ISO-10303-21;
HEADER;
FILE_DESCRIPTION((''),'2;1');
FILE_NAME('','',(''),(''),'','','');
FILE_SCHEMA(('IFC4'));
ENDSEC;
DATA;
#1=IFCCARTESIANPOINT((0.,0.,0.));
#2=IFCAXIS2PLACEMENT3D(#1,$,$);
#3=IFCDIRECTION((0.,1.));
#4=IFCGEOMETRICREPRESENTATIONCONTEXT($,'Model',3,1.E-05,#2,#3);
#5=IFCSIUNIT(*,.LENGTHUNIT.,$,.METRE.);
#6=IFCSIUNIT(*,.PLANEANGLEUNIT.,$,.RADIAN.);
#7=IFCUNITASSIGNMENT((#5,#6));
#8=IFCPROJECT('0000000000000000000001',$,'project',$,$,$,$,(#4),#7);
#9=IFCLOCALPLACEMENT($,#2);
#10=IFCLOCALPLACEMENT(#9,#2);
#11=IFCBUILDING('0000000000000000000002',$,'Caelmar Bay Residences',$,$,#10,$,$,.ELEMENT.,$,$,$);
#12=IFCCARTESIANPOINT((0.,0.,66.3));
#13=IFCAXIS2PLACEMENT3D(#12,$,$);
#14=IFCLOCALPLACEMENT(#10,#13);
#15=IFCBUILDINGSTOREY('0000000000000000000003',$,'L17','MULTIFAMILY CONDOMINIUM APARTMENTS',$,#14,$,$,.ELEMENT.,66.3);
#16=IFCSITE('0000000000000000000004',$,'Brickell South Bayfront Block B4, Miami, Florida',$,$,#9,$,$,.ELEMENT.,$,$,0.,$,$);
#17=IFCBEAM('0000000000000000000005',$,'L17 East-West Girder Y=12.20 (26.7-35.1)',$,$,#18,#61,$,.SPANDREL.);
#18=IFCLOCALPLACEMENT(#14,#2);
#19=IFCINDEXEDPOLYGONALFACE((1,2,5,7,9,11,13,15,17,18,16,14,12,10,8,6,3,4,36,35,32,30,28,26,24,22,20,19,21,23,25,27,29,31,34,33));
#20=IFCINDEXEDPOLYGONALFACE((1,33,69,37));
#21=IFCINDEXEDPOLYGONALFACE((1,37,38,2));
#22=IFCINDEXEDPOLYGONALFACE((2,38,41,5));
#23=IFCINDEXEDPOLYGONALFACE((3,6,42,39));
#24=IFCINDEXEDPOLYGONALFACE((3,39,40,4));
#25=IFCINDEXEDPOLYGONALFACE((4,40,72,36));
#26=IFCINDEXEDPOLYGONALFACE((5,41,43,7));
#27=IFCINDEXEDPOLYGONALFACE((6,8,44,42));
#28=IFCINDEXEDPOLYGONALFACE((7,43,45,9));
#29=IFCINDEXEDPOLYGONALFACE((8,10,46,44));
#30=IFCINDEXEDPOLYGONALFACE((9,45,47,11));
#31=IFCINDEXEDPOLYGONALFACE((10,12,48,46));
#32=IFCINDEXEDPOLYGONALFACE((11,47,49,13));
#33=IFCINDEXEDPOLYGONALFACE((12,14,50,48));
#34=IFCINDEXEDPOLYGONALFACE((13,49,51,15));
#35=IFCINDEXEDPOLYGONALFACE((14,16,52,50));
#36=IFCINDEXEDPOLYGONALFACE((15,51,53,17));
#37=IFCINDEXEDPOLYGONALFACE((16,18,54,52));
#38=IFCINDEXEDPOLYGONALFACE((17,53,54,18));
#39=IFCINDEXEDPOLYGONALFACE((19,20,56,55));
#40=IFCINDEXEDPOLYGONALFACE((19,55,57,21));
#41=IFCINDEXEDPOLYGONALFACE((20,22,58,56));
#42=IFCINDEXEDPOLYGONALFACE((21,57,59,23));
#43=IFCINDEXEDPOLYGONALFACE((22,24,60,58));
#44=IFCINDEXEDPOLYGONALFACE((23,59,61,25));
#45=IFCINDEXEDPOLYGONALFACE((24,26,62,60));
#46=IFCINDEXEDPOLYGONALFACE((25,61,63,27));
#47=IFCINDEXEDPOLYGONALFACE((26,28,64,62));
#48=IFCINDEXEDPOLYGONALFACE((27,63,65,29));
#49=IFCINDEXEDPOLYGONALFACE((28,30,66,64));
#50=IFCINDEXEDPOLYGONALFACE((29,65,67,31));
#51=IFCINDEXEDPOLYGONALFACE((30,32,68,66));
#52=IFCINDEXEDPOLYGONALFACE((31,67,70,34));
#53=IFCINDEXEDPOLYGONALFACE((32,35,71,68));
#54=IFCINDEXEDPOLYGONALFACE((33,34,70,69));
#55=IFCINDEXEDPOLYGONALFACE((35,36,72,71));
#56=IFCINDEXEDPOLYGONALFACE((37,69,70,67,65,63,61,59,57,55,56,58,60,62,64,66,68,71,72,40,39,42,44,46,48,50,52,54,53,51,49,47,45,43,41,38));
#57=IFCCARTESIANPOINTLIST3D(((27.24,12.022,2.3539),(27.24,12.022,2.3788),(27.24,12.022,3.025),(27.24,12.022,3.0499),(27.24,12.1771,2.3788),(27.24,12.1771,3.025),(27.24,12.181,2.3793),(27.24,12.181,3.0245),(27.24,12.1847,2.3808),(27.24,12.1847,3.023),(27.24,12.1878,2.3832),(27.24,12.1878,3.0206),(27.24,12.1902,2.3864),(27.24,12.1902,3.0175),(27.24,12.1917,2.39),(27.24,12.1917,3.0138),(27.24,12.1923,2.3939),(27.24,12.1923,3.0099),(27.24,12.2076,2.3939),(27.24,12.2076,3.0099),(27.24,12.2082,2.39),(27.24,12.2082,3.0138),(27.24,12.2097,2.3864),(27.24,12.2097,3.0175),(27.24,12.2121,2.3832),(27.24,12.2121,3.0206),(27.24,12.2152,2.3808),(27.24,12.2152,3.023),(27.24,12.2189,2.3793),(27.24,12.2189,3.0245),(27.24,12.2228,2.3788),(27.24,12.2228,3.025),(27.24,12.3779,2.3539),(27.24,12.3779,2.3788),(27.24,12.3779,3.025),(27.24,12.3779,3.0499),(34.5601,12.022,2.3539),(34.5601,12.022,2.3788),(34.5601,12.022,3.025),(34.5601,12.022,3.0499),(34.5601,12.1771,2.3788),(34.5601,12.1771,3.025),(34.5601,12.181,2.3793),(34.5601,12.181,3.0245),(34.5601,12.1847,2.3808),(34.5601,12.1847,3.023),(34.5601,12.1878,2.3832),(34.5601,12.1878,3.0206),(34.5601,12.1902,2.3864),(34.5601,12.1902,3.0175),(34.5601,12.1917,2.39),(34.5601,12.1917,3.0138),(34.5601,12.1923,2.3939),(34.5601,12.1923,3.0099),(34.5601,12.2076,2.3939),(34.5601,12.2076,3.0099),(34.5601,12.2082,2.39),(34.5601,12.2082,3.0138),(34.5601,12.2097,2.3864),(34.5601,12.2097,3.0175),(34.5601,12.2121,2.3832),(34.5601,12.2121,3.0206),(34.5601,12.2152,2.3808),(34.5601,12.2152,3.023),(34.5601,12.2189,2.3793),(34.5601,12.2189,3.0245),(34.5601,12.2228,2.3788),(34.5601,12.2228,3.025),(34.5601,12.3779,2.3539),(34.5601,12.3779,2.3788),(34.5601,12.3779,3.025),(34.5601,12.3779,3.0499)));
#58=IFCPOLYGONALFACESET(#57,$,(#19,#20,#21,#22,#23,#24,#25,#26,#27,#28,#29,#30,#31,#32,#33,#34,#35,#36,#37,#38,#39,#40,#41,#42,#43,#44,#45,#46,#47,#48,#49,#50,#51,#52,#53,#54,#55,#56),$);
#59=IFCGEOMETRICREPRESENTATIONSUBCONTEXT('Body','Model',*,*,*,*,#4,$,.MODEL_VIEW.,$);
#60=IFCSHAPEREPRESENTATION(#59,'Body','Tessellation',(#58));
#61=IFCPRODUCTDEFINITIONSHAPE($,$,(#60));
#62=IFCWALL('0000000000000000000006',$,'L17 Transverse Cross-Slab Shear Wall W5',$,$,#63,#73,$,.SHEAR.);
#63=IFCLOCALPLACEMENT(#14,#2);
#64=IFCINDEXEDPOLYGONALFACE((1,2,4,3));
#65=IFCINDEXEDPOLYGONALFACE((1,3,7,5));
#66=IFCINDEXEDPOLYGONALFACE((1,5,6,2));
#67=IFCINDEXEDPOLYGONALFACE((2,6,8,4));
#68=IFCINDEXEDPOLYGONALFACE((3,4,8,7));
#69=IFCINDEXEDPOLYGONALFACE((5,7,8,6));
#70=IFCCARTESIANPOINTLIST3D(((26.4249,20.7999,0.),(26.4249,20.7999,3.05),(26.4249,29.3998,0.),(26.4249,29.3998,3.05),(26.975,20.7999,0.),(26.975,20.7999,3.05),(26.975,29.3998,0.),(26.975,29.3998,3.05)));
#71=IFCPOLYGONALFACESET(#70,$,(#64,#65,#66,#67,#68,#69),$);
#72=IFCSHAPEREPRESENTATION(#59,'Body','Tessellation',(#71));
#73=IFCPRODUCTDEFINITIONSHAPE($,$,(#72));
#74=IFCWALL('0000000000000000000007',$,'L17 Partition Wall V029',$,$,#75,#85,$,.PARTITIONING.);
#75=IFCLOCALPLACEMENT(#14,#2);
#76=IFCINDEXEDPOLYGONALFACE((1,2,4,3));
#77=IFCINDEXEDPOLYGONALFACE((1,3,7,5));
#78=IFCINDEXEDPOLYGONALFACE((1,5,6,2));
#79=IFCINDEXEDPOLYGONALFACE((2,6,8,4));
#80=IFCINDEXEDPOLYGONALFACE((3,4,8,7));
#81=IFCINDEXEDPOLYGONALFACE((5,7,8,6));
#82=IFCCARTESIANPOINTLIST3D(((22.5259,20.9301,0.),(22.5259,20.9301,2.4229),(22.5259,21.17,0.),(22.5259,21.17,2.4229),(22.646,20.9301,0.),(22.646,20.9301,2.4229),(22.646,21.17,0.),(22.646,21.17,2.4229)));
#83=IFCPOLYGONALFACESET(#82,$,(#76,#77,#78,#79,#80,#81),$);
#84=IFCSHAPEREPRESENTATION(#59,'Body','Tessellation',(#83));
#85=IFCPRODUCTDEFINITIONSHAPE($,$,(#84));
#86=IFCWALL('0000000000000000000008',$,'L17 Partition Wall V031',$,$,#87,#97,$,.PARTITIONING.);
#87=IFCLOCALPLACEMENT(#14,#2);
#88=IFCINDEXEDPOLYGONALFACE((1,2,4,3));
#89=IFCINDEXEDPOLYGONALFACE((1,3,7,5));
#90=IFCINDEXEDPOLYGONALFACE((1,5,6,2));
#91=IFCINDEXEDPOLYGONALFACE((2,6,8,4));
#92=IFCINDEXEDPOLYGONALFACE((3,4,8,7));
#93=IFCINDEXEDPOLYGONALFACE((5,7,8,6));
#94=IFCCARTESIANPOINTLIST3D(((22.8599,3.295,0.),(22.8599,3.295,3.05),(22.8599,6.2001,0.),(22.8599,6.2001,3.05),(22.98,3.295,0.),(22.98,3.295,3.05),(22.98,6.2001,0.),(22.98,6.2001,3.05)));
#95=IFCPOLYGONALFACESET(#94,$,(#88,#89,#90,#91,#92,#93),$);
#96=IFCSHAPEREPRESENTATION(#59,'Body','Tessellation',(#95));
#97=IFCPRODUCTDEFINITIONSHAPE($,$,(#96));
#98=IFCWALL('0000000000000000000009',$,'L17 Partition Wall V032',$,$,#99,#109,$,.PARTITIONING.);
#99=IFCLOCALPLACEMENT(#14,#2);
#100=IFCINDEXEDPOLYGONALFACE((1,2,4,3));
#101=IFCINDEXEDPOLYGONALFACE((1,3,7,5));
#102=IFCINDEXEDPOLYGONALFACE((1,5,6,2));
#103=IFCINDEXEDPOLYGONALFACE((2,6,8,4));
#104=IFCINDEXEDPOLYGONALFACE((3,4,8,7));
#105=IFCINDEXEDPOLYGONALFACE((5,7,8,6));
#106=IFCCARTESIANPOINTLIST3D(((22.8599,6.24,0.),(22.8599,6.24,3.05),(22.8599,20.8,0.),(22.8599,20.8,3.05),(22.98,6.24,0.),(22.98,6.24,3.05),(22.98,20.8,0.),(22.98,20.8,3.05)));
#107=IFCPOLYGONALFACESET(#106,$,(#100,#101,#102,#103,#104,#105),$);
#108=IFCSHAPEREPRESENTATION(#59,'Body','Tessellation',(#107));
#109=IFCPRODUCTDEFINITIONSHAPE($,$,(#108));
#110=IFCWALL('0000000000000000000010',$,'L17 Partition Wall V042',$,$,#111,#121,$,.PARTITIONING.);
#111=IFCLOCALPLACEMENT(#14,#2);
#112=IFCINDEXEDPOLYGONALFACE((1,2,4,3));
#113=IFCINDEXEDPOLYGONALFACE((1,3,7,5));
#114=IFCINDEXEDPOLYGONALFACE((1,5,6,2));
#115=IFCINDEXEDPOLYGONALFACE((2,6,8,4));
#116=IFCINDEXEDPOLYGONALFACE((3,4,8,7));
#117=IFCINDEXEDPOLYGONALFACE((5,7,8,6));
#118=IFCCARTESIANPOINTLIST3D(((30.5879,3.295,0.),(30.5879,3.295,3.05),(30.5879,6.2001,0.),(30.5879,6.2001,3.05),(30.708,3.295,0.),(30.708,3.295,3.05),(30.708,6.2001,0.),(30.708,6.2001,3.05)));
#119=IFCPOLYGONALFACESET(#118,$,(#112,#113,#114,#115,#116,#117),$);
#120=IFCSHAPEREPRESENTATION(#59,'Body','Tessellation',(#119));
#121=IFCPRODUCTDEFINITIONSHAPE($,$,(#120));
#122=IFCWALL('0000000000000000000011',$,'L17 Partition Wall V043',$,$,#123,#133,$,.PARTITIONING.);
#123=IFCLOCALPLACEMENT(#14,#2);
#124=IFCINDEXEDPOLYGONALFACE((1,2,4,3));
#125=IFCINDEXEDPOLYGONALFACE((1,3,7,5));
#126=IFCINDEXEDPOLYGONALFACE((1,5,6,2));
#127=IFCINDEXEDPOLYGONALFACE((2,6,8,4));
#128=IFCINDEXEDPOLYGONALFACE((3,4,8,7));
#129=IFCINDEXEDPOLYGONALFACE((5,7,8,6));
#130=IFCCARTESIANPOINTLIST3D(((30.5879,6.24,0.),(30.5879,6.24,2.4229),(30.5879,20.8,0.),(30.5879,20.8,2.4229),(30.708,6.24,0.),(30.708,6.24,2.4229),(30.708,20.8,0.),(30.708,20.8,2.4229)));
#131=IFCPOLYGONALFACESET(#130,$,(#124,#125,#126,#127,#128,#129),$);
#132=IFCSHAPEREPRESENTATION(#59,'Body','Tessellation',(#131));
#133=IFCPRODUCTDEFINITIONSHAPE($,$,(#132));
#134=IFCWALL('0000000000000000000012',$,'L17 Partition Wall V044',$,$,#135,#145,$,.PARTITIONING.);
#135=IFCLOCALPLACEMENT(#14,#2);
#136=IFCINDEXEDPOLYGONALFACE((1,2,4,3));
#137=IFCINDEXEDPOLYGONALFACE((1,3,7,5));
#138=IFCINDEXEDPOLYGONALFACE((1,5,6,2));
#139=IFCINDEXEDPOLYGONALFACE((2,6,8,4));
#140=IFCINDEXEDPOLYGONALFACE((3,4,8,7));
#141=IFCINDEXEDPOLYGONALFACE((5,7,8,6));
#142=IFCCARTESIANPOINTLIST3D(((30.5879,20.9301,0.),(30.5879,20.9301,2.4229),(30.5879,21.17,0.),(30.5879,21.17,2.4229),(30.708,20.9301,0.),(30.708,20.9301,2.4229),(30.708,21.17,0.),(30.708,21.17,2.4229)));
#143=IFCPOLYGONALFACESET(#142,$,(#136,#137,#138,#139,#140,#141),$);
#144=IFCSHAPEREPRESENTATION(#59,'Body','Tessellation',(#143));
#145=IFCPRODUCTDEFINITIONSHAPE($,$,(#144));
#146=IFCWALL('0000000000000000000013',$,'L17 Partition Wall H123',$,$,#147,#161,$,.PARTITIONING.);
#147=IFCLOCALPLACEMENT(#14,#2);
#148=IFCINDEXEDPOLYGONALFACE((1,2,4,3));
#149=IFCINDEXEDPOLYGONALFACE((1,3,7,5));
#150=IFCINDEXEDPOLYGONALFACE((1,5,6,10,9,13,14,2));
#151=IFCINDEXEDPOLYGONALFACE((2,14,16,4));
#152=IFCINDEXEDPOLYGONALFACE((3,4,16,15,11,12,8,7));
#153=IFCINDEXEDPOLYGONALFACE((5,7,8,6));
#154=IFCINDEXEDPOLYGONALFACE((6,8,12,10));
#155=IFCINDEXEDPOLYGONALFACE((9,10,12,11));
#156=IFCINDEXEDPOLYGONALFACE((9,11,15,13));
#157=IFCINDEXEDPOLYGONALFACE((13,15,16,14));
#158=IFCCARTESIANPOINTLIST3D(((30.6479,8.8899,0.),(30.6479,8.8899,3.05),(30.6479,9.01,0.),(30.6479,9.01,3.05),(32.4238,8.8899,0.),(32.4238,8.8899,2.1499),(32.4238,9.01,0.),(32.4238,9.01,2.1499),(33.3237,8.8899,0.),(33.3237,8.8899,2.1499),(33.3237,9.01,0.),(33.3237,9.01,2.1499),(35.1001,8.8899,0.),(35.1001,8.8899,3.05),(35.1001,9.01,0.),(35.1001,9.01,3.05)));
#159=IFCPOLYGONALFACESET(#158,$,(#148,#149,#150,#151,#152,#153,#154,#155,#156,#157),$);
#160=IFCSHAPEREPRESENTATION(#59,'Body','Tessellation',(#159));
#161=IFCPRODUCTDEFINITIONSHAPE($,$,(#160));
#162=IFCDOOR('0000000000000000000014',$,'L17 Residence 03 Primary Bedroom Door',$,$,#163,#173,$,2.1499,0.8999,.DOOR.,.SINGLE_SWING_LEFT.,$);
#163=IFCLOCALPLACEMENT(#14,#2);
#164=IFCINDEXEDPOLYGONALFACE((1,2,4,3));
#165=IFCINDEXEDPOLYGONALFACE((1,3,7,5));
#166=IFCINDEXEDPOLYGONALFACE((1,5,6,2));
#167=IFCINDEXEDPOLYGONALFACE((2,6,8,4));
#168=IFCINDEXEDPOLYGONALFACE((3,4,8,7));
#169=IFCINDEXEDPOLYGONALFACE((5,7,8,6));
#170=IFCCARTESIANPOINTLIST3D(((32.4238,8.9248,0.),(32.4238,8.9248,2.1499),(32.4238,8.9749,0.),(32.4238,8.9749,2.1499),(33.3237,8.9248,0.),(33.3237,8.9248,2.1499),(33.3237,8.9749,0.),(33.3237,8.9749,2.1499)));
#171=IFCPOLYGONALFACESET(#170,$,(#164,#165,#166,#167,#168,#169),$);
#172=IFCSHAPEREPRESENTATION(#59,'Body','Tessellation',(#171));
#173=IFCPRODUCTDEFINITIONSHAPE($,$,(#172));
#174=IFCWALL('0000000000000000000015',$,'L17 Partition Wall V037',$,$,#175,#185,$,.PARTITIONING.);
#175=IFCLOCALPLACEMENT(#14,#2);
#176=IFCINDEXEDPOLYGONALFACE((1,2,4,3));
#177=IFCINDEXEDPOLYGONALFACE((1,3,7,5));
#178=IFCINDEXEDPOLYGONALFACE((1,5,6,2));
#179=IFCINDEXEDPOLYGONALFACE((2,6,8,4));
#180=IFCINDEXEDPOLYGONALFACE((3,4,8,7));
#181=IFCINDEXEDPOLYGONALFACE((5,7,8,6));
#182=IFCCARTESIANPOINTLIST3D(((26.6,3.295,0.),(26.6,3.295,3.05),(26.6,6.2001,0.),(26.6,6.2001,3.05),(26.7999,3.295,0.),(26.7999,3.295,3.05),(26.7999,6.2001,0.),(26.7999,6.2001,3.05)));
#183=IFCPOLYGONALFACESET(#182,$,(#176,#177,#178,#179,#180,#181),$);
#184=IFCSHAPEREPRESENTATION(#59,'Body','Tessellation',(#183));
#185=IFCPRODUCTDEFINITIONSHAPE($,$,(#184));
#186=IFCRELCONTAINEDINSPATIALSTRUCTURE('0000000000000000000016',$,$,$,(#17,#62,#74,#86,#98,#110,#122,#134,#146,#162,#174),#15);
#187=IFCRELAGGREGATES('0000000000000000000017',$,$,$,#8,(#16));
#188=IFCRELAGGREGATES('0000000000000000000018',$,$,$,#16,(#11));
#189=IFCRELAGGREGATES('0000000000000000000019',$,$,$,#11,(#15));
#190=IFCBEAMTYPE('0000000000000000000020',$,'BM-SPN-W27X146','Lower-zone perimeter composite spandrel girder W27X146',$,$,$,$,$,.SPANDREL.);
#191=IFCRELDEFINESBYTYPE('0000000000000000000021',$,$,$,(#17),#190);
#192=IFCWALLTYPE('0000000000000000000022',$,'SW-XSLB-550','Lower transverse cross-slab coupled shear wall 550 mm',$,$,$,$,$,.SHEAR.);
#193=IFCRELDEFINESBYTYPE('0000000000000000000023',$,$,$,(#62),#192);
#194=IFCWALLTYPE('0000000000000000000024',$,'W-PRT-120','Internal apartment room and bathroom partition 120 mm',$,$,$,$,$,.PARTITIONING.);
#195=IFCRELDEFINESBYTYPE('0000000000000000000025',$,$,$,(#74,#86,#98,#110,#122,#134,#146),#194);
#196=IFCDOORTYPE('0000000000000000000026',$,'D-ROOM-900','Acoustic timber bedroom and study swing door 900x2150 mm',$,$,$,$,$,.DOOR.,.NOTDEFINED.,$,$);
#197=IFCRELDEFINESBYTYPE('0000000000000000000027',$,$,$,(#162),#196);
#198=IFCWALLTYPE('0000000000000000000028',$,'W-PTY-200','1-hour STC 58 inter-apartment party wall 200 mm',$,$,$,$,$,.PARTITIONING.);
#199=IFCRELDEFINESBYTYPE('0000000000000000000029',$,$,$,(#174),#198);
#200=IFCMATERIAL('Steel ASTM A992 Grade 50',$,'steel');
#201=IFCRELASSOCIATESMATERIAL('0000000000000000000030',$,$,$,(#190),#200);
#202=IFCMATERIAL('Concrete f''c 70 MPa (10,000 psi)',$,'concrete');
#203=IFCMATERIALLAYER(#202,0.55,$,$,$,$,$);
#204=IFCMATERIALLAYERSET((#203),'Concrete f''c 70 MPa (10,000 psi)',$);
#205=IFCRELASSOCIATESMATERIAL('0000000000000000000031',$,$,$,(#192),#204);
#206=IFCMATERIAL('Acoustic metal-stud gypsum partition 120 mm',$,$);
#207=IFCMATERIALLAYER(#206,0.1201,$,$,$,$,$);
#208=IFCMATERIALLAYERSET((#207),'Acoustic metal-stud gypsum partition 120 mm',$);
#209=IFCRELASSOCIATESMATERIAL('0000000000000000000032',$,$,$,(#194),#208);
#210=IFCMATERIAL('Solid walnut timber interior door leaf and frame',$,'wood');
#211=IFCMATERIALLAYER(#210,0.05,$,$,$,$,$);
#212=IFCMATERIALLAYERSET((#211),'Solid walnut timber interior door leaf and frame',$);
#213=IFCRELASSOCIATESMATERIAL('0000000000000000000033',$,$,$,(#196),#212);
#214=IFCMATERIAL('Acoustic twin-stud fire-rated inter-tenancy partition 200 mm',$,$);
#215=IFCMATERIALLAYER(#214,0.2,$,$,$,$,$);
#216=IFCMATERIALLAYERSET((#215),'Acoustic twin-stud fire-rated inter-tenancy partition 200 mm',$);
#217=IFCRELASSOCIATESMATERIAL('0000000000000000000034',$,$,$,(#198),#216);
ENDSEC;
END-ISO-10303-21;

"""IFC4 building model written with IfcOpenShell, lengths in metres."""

from ifc_helpers import new_model, si_unit, direction, frame, frame_2d, origin, origin_2d, place, context, subcontext, project, spatial, rectangle, i_section, extrude, material, layer, layer_set, material_profile, profile_set, type_object, element, fill, save


model = new_model("IFC4")

# Units and contexts
model_context = context("Model", 3, precision=1e-05, world=origin(), true_north=direction((0.0, 1.0)))
body_context = subcontext(model_context, "Body", "Model", "MODEL_VIEW")
ifc_project = project(units=[si_unit("LENGTHUNIT", "METRE"), si_unit("PLANEANGLEUNIT", "RADIAN")], contexts=[model_context])

# Site, building, storey
site_placement = place(None, origin())
site = spatial("IfcSite", under=ifc_project, at=site_placement, Name="Brickell South Bayfront Block B4, Miami, Florida", CompositionType="ELEMENT", RefElevation=0.0)
building_placement = place(site_placement, origin())
building = spatial("IfcBuilding", under=site, at=building_placement, Name="Caelmar Bay Residences", CompositionType="ELEMENT")
storey_placement = place(building_placement, frame((0.0, 0.0, 66.3)))
storey = spatial("IfcBuildingStorey", under=building, at=storey_placement, Name="L17", Description="MULTIFAMILY CONDOMINIUM APARTMENTS", CompositionType="ELEMENT", Elevation=66.3)

# Shared definitions
ifc_material_1 = material(Name="Concrete f'c 70 MPa (10,000 psi)", Category="concrete")

# Beam
ifc_material_2 = material(Name="Steel ASTM A992 Grade 50", Category="steel")
ifc_material_profile_1 = material_profile(ifc_material_2, i_section(OverallWidth=0.356, OverallDepth=0.696, WebThickness=0.0154, FlangeThickness=0.0249, FilletRadius=0.0151, at=origin_2d()), Name="W27X146")
ifc_profile_set_1 = profile_set([ifc_material_profile_1], Name="Steel ASTM A992 Grade 50")
beam_type_1 = type_object("IfcBeamType", Name="BM-SPN-W27X146", Description="Lower-zone perimeter composite spandrel girder W27X146", PredefinedType="SPANDREL", material=ifc_profile_set_1)
beam_1_placement = place(storey_placement, frame((27.24, 12.2, 2.7019), z_axis=(1.0, 0.0, 0.0), x_axis=(0.0, 1.0, 0.0)))
element("IfcBeam", 1, at=beam_1_placement, inside=storey, type_object=beam_type_1, Name="L17 East-West Girder Y=12.20 (26.7-35.1)", PredefinedType="SPANDREL", context=body_context, shape_type="SweptSolid", body=[
    extrude(i_section(OverallWidth=0.356, OverallDepth=0.696, WebThickness=0.0154, FlangeThickness=0.0249, FilletRadius=0.0151, at=origin_2d()), origin(), (0.0, 0.0, 1.0), 7.3201),
])

# Walls
ifc_layer_1 = layer(ifc_material_1, 0.55)
ifc_layer_set_1 = layer_set([ifc_layer_1], Name="Concrete f'c 70 MPa (10,000 psi)")
wall_type_1 = type_object("IfcWallType", Name="SW-XSLB-550", Description="Lower transverse cross-slab coupled shear wall 550 mm", PredefinedType="SHEAR", material=ifc_layer_set_1)
wall_1_placement = place(storey_placement, frame((26.7, 20.8, 0.0), z_axis=(0.0, 0.0, 1.0), x_axis=(0.0, 1.0, 0.0)))
element("IfcWall", 2, at=wall_1_placement, inside=storey, type_object=wall_type_1, Name="L17 Transverse Cross-Slab Shear Wall W5", PredefinedType="SHEAR", context=body_context, shape_type="SweptSolid", body=[
    extrude(rectangle(XDim=8.5999, YDim=0.55, at=frame_2d((4.2998, 0.0))), origin(), (0.0, 0.0, 1.0), 3.05),
])
ifc_material_3 = material(Name="Acoustic metal-stud gypsum partition 120 mm")
ifc_layer_2 = layer(ifc_material_3, 0.1201)
ifc_layer_set_2 = layer_set([ifc_layer_2], Name="Acoustic metal-stud gypsum partition 120 mm")
wall_type_2 = type_object("IfcWallType", Name="W-PRT-120", Description="Internal apartment room and bathroom partition 120 mm", PredefinedType="PARTITIONING", material=ifc_layer_set_2)
wall_2_placement = place(storey_placement, frame((22.5859, 20.9299, 0.0), z_axis=(0.0, 0.0, 1.0), x_axis=(0.0, 1.0, 0.0)))
element("IfcWall", 3, at=wall_2_placement, inside=storey, type_object=wall_type_2, Name="L17 Partition Wall V029", PredefinedType="PARTITIONING", context=body_context, shape_type="SweptSolid", body=[
    extrude(rectangle(XDim=0.24, YDim=0.1201, at=frame_2d((0.1201, 0.0))), origin(), (0.0, 0.0, 1.0), 2.4229),
])
wall_3_placement = place(storey_placement, frame((22.9199, 3.2949, 0.0), z_axis=(0.0, 0.0, 1.0), x_axis=(0.0, 1.0, 0.0)))
element("IfcWall", 4, at=wall_3_placement, inside=storey, type_object=wall_type_2, Name="L17 Partition Wall V031", PredefinedType="PARTITIONING", context=body_context, shape_type="SweptSolid", body=[
    extrude(rectangle(XDim=2.905, YDim=0.1201, at=frame_2d((1.4526, 0.0))), origin(), (0.0, 0.0, 1.0), 3.05),
])
wall_4_placement = place(storey_placement, frame((22.9199, 6.24, 0.0), z_axis=(0.0, 0.0, 1.0), x_axis=(0.0, 1.0, 0.0)))
element("IfcWall", 5, at=wall_4_placement, inside=storey, type_object=wall_type_2, Name="L17 Partition Wall V032", PredefinedType="PARTITIONING", context=body_context, shape_type="SweptSolid", body=[
    extrude(rectangle(XDim=14.5601, YDim=0.1201, at=frame_2d((7.28, 0.0))), origin(), (0.0, 0.0, 1.0), 3.05),
])
wall_5_placement = place(storey_placement, frame((30.6479, 3.2949, 0.0), z_axis=(0.0, 0.0, 1.0), x_axis=(0.0, 1.0, 0.0)))
element("IfcWall", 6, at=wall_5_placement, inside=storey, type_object=wall_type_2, Name="L17 Partition Wall V042", PredefinedType="PARTITIONING", context=body_context, shape_type="SweptSolid", body=[
    extrude(rectangle(XDim=2.905, YDim=0.1201, at=frame_2d((1.4526, 0.0))), origin(), (0.0, 0.0, 1.0), 3.05),
])
wall_6_placement = place(storey_placement, frame((30.6479, 6.24, 0.0), z_axis=(0.0, 0.0, 1.0), x_axis=(0.0, 1.0, 0.0)))
element("IfcWall", 7, at=wall_6_placement, inside=storey, type_object=wall_type_2, Name="L17 Partition Wall V043", PredefinedType="PARTITIONING", context=body_context, shape_type="SweptSolid", body=[
    extrude(rectangle(XDim=14.5601, YDim=0.1201, at=frame_2d((7.28, 0.0))), origin(), (0.0, 0.0, 1.0), 2.4229),
])
wall_7_placement = place(storey_placement, frame((30.6479, 20.9299, 0.0), z_axis=(0.0, 0.0, 1.0), x_axis=(0.0, 1.0, 0.0)))
element("IfcWall", 8, at=wall_7_placement, inside=storey, type_object=wall_type_2, Name="L17 Partition Wall V044", PredefinedType="PARTITIONING", context=body_context, shape_type="SweptSolid", body=[
    extrude(rectangle(XDim=0.24, YDim=0.1201, at=frame_2d((0.1201, 0.0))), origin(), (0.0, 0.0, 1.0), 2.4229),
])

# Wall, opening, door
ifc_material_4 = material(Name="Solid walnut timber interior door leaf and frame", Category="wood")
ifc_layer_3 = layer(ifc_material_4, 0.05)
ifc_layer_set_3 = layer_set([ifc_layer_3], Name="Solid walnut timber interior door leaf and frame")
door_type = type_object("IfcDoorType", Name="D-ROOM-900", Description="Acoustic timber bedroom and study swing door 900x2150 mm", OperationType="NOTDEFINED", PredefinedType="DOOR", material=ifc_layer_set_3)
wall_8_placement = place(storey_placement, frame((30.6479, 8.95, 0.0), z_axis=(0.0, 0.0, 1.0), x_axis=(1.0, 0.0, 0.0)))
wall_8 = element("IfcWall", 9, at=wall_8_placement, inside=storey, type_object=wall_type_2, Name="L17 Partition Wall H123", PredefinedType="PARTITIONING", context=body_context, shape_type="SweptSolid", body=[
    extrude(rectangle(XDim=4.4521, YDim=0.1201, at=frame_2d((2.2261, 0.0))), origin(), (0.0, 0.0, 1.0), 3.05),
])
opening_1_placement = place(wall_8_placement, frame((1.7759, 0.0, 0.0)))
opening_1 = element("IfcOpeningElement", 10, at=opening_1_placement, cuts=wall_8, PredefinedType="OPENING", context=body_context, shape_type="SweptSolid", body=[
    extrude(rectangle(XDim=0.8999, YDim=2.1499, at=frame_2d((0.45, 1.075))), frame((0.0, 0.0701, 0.0), z_axis=(0.0, -1.0, 0.0), x_axis=(1.0, 0.0, 0.0)), (0.0, 0.0, 1.0), 0.1401),
])
door_1_placement = place(opening_1_placement, origin())
door_1 = element("IfcDoor", 11, at=door_1_placement, inside=storey, type_object=door_type, Name="L17 Residence 03 Primary Bedroom Door", OperationType="SINGLE_SWING_LEFT", OverallHeight=2.1499, OverallWidth=0.8999, PredefinedType="DOOR", context=body_context, shape_type="SweptSolid", body=[
    extrude(rectangle(XDim=0.8999, YDim=2.1499, at=frame_2d((0.45, 1.075))), frame((0.0, 0.0249, 0.0), z_axis=(0.0, -1.0, 0.0), x_axis=(1.0, 0.0, 0.0)), (0.0, 0.0, 1.0), 0.05),
])
fill(opening_1, door_1)

# Wall
ifc_material_5 = material(Name="Acoustic twin-stud fire-rated inter-tenancy partition 200 mm")
ifc_layer_4 = layer(ifc_material_5, 0.2)
ifc_layer_set_4 = layer_set([ifc_layer_4], Name="Acoustic twin-stud fire-rated inter-tenancy partition 200 mm")
wall_type_3 = type_object("IfcWallType", Name="W-PTY-200", Description="1-hour STC 58 inter-apartment party wall 200 mm", PredefinedType="PARTITIONING", material=ifc_layer_set_4)
wall_9_placement = place(storey_placement, frame((26.7, 3.2949, 0.0), z_axis=(0.0, 0.0, 1.0), x_axis=(0.0, 1.0, 0.0)))
element("IfcWall", 12, at=wall_9_placement, inside=storey, type_object=wall_type_3, Name="L17 Partition Wall V037", PredefinedType="PARTITIONING", context=body_context, shape_type="SweptSolid", body=[
    extrude(rectangle(XDim=2.905, YDim=0.2, at=frame_2d((1.4526, 0.0))), origin(), (0.0, 0.0, 1.0), 3.05),
])

save(model, "model.ifc")
